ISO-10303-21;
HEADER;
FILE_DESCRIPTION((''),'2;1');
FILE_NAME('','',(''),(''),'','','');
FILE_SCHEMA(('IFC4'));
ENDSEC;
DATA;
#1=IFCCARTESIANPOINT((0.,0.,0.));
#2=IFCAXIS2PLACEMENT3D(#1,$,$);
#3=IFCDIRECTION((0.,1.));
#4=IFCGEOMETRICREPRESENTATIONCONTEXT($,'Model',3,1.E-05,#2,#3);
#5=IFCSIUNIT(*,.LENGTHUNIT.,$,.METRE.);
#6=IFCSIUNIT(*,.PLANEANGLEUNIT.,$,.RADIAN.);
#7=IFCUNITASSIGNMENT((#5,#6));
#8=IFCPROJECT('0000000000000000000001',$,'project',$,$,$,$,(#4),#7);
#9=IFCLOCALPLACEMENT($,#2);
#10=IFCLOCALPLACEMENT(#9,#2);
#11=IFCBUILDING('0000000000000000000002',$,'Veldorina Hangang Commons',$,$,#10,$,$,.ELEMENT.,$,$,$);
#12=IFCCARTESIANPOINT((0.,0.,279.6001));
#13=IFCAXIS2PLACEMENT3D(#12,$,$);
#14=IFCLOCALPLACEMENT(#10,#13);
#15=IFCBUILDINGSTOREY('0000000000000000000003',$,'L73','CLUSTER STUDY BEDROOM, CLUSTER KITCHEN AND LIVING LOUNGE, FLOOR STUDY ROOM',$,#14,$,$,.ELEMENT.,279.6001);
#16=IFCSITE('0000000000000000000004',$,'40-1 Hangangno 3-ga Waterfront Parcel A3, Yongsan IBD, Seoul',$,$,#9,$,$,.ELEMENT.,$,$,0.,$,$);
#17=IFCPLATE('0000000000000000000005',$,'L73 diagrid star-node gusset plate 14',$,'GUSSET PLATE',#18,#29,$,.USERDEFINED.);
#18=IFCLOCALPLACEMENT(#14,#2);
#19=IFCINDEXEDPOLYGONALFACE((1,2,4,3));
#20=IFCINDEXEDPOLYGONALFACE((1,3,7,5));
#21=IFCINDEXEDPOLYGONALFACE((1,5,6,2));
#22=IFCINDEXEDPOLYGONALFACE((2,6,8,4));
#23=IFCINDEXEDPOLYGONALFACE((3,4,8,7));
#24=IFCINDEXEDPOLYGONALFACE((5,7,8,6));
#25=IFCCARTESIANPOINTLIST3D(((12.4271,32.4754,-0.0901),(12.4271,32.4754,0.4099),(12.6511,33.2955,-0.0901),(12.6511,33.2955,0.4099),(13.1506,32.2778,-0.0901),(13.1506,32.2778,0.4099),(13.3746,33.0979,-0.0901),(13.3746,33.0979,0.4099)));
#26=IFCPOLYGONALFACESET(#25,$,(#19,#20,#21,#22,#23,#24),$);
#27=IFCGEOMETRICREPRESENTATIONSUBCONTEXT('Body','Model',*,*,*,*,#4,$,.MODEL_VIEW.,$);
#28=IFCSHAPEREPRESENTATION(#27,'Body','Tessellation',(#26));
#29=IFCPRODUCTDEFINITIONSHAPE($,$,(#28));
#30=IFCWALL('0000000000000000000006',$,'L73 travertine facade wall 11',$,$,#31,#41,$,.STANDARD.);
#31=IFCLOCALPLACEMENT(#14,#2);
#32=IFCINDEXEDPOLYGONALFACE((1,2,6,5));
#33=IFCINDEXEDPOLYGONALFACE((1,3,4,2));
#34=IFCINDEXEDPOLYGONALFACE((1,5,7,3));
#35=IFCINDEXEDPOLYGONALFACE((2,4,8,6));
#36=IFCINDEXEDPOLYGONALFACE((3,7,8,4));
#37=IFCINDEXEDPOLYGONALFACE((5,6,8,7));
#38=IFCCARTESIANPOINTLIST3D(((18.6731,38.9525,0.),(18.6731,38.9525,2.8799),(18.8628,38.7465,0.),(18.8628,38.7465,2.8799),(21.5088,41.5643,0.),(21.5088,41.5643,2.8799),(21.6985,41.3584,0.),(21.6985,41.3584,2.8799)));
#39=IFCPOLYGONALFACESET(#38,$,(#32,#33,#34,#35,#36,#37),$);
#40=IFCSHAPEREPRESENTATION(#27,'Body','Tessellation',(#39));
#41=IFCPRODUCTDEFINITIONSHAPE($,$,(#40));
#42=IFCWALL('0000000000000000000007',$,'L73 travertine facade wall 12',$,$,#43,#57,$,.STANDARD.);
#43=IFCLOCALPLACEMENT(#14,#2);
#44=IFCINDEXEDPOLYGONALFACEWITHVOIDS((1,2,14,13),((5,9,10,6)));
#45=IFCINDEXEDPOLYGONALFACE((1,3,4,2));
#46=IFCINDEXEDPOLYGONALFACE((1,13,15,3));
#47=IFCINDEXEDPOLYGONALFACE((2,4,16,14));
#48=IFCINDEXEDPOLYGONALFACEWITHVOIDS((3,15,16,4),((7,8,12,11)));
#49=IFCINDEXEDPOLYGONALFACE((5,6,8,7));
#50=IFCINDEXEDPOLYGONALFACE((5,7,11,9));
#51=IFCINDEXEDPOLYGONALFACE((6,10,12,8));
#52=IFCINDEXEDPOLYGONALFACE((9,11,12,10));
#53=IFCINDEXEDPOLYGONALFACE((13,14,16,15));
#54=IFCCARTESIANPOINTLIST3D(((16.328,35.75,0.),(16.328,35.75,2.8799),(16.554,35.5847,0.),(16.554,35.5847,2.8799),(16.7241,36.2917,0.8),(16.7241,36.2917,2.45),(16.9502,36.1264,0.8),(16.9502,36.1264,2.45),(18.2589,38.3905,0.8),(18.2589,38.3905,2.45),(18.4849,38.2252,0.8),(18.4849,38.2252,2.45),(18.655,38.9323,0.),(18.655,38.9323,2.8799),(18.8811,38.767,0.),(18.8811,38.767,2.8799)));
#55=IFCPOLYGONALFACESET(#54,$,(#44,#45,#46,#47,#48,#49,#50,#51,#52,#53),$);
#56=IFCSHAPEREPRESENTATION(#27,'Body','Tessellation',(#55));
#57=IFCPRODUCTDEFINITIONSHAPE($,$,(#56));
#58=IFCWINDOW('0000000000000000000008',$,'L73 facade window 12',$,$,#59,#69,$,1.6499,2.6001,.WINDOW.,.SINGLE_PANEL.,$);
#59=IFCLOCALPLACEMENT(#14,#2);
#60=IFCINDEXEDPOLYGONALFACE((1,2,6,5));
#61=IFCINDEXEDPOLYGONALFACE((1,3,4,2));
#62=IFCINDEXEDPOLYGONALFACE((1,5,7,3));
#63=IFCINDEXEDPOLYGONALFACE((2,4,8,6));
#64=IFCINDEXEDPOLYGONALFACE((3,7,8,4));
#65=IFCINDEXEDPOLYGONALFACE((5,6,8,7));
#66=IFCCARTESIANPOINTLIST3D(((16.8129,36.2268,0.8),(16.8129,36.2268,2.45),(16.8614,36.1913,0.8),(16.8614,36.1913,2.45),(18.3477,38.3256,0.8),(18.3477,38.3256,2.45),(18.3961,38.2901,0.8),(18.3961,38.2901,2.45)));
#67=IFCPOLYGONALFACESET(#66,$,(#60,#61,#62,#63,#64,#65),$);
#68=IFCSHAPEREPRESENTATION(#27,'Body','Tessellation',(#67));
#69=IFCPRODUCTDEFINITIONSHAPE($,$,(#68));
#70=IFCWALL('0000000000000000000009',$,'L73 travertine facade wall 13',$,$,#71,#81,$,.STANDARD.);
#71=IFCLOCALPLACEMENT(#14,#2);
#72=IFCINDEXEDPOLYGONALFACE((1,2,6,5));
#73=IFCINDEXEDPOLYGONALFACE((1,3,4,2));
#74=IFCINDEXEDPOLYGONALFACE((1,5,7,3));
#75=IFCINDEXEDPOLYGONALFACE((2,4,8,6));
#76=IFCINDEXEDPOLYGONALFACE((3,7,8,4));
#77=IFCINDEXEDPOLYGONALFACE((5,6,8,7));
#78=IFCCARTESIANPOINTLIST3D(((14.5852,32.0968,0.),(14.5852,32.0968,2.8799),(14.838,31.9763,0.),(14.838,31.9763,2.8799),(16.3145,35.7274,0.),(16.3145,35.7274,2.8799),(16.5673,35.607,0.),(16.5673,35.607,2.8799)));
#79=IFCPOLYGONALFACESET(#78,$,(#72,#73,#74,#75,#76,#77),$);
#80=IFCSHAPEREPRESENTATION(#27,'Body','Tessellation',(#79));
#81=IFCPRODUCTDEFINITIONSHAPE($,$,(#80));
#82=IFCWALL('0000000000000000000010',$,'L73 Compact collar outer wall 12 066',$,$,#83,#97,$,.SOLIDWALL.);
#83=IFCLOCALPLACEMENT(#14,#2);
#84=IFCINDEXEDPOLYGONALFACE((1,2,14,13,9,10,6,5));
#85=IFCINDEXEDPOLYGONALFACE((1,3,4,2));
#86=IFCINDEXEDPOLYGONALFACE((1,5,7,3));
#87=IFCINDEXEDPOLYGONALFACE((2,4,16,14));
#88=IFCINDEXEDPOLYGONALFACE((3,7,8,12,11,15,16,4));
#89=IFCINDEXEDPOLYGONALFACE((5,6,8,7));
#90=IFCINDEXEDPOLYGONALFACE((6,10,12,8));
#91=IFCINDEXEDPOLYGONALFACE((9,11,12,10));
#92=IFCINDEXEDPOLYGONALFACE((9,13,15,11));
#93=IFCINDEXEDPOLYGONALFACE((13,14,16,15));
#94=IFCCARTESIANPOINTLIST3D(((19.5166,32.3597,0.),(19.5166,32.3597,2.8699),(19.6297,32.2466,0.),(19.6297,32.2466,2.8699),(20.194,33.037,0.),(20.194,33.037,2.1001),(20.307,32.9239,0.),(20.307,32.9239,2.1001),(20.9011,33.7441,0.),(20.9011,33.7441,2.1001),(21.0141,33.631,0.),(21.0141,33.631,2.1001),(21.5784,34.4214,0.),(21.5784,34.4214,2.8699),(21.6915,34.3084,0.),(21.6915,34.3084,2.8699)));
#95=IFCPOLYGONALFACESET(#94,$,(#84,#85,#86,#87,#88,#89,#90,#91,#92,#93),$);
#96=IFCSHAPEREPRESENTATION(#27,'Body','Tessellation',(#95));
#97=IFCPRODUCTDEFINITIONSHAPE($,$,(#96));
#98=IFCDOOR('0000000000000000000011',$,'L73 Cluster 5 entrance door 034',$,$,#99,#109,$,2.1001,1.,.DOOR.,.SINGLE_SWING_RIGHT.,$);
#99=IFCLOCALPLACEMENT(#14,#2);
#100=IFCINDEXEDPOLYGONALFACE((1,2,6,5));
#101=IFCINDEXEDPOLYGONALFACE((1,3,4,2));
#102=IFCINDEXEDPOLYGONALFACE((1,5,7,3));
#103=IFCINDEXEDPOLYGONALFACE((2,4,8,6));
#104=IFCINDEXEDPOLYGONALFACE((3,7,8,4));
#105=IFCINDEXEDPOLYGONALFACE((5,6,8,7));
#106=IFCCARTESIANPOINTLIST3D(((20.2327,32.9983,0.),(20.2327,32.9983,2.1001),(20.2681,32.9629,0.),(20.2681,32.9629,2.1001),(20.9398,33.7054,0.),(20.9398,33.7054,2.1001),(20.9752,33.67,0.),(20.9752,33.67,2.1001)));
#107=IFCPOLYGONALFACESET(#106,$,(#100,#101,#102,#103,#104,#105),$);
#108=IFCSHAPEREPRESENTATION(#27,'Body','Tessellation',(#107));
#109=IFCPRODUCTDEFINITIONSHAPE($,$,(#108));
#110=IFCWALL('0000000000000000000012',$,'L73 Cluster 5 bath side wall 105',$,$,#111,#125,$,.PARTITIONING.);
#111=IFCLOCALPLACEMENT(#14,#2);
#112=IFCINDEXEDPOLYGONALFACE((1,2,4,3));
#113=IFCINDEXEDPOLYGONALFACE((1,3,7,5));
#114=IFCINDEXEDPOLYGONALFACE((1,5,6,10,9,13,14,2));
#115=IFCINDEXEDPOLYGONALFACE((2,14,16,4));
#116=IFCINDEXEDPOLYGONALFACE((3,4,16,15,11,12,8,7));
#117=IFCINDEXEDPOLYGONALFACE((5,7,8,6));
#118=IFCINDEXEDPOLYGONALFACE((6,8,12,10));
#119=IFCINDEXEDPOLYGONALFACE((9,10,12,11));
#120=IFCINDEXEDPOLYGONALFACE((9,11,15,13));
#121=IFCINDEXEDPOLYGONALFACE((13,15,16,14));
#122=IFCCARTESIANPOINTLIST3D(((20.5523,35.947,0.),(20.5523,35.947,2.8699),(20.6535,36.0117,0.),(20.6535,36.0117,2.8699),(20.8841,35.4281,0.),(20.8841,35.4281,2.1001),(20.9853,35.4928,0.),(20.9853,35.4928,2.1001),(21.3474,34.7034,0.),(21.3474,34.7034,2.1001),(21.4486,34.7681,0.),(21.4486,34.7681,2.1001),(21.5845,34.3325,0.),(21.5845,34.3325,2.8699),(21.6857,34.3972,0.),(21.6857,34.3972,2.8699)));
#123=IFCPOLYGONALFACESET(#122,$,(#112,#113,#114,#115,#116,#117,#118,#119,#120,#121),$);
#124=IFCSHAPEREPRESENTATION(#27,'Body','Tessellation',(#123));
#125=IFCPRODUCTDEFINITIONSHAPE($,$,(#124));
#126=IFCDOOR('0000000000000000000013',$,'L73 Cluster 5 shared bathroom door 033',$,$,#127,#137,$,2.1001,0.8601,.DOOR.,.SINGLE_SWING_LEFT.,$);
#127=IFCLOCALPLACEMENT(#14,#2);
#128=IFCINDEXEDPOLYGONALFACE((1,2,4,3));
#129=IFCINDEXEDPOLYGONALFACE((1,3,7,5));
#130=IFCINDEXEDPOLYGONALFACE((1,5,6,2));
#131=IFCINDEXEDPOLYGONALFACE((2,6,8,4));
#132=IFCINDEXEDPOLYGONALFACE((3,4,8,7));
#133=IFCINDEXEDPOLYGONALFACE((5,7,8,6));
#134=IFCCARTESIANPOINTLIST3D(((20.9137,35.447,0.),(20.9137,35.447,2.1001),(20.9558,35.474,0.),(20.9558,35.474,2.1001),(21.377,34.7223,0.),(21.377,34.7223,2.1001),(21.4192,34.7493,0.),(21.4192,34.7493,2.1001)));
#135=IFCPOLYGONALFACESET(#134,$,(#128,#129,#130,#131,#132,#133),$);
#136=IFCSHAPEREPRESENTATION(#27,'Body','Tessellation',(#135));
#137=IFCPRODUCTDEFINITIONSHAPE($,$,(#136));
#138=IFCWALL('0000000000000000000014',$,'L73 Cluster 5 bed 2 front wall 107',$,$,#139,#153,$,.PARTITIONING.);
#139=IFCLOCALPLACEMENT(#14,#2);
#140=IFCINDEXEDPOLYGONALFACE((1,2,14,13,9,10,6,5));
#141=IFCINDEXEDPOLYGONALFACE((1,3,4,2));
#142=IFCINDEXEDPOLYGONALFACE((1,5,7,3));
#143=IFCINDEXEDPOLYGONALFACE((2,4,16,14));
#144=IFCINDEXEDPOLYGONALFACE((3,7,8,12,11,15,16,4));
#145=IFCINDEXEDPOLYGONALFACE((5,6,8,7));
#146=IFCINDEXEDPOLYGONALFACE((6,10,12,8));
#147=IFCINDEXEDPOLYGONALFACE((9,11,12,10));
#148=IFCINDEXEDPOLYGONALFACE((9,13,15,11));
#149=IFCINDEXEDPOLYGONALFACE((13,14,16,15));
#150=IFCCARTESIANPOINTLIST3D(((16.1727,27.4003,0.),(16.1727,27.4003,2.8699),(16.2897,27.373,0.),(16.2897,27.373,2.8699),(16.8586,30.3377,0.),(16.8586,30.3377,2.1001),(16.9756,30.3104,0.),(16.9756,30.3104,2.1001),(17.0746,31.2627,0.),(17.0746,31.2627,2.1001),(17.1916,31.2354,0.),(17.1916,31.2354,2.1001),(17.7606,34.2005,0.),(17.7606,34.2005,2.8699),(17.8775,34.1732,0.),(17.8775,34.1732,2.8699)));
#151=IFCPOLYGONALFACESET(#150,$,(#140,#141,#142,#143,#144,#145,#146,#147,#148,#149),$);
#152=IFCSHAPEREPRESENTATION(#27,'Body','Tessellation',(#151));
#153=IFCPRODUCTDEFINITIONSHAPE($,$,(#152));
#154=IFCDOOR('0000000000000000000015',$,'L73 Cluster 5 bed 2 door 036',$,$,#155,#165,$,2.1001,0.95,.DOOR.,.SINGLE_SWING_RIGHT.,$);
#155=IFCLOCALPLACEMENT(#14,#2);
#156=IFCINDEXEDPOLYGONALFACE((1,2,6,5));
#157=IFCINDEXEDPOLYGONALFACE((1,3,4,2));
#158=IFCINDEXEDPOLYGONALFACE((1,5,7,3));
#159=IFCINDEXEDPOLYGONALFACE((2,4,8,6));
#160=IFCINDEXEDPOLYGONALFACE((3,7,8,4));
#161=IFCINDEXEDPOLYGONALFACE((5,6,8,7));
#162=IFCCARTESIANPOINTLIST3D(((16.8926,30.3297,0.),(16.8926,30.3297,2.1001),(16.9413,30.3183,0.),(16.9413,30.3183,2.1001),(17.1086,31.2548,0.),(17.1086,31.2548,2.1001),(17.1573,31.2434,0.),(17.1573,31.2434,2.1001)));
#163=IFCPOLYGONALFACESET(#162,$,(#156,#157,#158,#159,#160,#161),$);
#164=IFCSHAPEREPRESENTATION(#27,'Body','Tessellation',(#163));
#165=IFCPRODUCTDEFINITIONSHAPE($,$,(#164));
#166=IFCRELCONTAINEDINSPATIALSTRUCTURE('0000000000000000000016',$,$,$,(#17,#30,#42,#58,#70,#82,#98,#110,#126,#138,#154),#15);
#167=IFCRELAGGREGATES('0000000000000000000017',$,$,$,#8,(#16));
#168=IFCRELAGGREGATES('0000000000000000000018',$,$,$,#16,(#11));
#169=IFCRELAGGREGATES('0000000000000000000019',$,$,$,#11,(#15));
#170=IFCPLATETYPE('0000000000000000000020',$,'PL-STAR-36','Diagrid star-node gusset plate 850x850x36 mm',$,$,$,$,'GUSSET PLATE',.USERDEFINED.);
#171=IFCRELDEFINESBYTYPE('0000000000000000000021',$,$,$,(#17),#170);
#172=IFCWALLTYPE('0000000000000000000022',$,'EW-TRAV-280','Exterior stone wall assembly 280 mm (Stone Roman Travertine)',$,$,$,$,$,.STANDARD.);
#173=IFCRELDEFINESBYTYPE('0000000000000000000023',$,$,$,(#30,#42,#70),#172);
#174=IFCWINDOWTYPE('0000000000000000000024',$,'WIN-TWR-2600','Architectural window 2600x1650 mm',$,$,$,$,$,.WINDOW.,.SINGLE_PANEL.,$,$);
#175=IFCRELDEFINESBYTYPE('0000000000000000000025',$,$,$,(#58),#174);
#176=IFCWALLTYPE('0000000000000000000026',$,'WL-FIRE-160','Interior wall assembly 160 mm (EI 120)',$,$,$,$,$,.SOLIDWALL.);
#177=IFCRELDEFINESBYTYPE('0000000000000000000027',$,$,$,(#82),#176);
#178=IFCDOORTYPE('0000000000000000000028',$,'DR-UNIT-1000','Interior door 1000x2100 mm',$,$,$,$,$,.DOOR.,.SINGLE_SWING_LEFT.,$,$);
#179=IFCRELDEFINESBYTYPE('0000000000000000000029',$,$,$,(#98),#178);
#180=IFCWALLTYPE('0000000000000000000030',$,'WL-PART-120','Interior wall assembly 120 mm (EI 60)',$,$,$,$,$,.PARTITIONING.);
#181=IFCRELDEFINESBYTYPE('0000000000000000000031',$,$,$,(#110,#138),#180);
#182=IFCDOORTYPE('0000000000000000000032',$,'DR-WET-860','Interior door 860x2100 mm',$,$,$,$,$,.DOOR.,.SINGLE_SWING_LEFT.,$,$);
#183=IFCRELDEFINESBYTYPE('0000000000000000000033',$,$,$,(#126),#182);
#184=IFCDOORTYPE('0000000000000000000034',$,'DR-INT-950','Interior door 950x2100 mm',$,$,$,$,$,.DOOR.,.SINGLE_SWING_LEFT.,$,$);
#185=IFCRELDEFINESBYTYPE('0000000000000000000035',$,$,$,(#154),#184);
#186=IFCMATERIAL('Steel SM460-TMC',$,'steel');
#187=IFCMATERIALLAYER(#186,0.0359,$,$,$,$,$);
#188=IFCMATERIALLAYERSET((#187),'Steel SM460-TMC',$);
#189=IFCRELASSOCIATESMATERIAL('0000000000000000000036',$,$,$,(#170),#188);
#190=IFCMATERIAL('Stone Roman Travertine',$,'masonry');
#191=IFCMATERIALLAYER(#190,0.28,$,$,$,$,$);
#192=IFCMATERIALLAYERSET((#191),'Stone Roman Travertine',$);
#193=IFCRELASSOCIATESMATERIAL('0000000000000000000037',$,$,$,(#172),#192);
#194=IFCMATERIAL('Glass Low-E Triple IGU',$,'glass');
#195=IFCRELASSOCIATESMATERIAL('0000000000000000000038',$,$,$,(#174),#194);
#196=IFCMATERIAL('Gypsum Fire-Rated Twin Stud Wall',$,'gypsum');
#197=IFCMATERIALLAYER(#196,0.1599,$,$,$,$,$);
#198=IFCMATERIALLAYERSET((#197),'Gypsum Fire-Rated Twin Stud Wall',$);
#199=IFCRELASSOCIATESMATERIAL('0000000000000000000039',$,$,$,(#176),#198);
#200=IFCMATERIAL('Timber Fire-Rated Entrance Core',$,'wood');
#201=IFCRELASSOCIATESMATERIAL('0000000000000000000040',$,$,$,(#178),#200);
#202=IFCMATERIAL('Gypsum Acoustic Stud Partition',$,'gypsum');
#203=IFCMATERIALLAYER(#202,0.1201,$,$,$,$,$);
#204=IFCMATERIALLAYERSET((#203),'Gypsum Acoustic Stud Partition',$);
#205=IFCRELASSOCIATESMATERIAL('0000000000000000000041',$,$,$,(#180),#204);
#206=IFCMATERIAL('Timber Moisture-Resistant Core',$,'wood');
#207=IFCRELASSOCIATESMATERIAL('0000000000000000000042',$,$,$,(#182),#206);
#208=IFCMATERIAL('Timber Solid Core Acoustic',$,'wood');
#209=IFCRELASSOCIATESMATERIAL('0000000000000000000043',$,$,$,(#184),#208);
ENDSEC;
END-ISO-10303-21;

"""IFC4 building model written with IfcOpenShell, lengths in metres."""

from ifc_helpers import new_model, si_unit, direction, frame, frame_2d, origin, origin_2d, place, context, subcontext, project, spatial, rectangle, extrude, material, layer, layer_set, type_object, element, fill, save


model = new_model("IFC4")

# Units and contexts
model_context = context("Model", 3, precision=1e-05, world=origin(), true_north=direction((0.0, 1.0)))
body_context = subcontext(model_context, "Body", "Model", "MODEL_VIEW")
ifc_project = project(units=[si_unit("LENGTHUNIT", "METRE"), si_unit("PLANEANGLEUNIT", "RADIAN")], contexts=[model_context])

# Site, building, storey
site_placement = place(None, origin())
site = spatial("IfcSite", under=ifc_project, at=site_placement, Name="40-1 Hangangno 3-ga Waterfront Parcel A3, Yongsan IBD, Seoul", CompositionType="ELEMENT", RefElevation=0.0)
building_placement = place(site_placement, origin())
building = spatial("IfcBuilding", under=site, at=building_placement, Name="Veldorina Hangang Commons", CompositionType="ELEMENT")
storey_placement = place(building_placement, frame((0.0, 0.0, 279.6001)))
storey = spatial("IfcBuildingStorey", under=building, at=storey_placement, Name="L73", Description="CLUSTER STUDY BEDROOM, CLUSTER KITCHEN AND LIVING LOUNGE, FLOOR STUDY ROOM", CompositionType="ELEMENT", Elevation=279.6001)

# Plate
ifc_material_1 = material(Name="Steel SM460-TMC", Category="steel")
ifc_layer_1 = layer(ifc_material_1, 0.0359)
ifc_layer_set_1 = layer_set([ifc_layer_1], Name="Steel SM460-TMC")
plate_type = type_object("IfcPlateType", Name="PL-STAR-36", Description="Diagrid star-node gusset plate 850x850x36 mm", ElementType="GUSSET PLATE", PredefinedType="USERDEFINED", material=ifc_layer_set_1)
plate_1_placement = place(storey_placement, frame((12.9009, 32.7866, -0.0901), z_axis=(0.0, 0.0, 1.0), x_axis=(-0.263469, -0.964668, 0.0)))
element("IfcPlate", 1, at=plate_1_placement, inside=storey, type_object=plate_type, Name="L73 diagrid star-node gusset plate 14", ObjectType="GUSSET PLATE", PredefinedType="USERDEFINED", context=body_context, shape_type="SweptSolid", body=[
    extrude(rectangle(XDim=0.8501, YDim=0.75, at=origin_2d()), origin(), (0.0, 0.0, 1.0), 0.5),
])

# Wall
ifc_material_2 = material(Name="Stone Roman Travertine", Category="masonry")
ifc_layer_2 = layer(ifc_material_2, 0.28)
ifc_layer_set_2 = layer_set([ifc_layer_2], Name="Stone Roman Travertine")
wall_type_1 = type_object("IfcWallType", Name="EW-TRAV-280", Description="Exterior stone wall assembly 280 mm (Stone Roman Travertine)", PredefinedType="STANDARD", material=ifc_layer_set_2)
wall_1_placement = place(storey_placement, frame((21.6038, 41.4614, 0.0), z_axis=(0.0, 0.0, 1.0), x_axis=(-0.735546, -0.677475, 0.0)))
element("IfcWall", 2, at=wall_1_placement, inside=storey, type_object=wall_type_1, Name="L73 travertine facade wall 11", PredefinedType="STANDARD", context=body_context, shape_type="SweptSolid", body=[
    extrude(rectangle(XDim=3.8552, YDim=0.28, at=frame_2d((1.9277, 0.0))), origin(), (0.0, 0.0, 1.0), 2.8799),
])

# Wall, opening, window
wall_2_placement = place(storey_placement, frame((18.7681, 38.8496, 0.0), z_axis=(0.0, 0.0, 1.0), x_axis=(-0.590276, -0.807202, 0.0)))
wall_2 = element("IfcWall", 3, at=wall_2_placement, inside=storey, type_object=wall_type_1, Name="L73 travertine facade wall 12", PredefinedType="STANDARD", context=body_context, shape_type="SweptSolid", body=[
    extrude(rectangle(XDim=3.9424, YDim=0.28, at=frame_2d((1.9712, 0.0))), origin(), (0.0, 0.0, 1.0), 2.8799),
])
opening_1_placement = place(wall_2_placement, frame((0.6711, 0.0, 0.8)))
opening_1 = element("IfcOpeningElement", 4, at=opening_1_placement, cuts=wall_2, PredefinedType="OPENING", context=body_context, shape_type="SweptSolid", body=[
    extrude(rectangle(XDim=2.6001, YDim=1.6499, at=frame_2d((1.3, 0.825))), frame((0.0, 0.1499, 0.0), z_axis=(0.0, -1.0, 0.0), x_axis=(1.0, 0.0, 0.0)), (0.0, 0.0, 1.0), 0.3),
])
ifc_material_3 = material(Name="Glass Low-E Triple IGU", Category="glass")
window_type = type_object("IfcWindowType", Name="WIN-TWR-2600", Description="Architectural window 2600x1650 mm", PartitioningType="SINGLE_PANEL", PredefinedType="WINDOW", material=ifc_material_3)
window_placement = place(opening_1_placement, origin())
window = element("IfcWindow", 5, at=window_placement, inside=storey, type_object=window_type, Name="L73 facade window 12", OverallHeight=1.6499, OverallWidth=2.6001, PartitioningType="SINGLE_PANEL", PredefinedType="WINDOW", context=body_context, shape_type="SweptSolid", body=[
    extrude(rectangle(XDim=2.6001, YDim=1.6499, at=frame_2d((1.3, 0.825))), frame((0.0, 0.03, 0.0), z_axis=(0.0, -1.0, 0.0), x_axis=(1.0, 0.0, 0.0)), (0.0, 0.0, 1.0), 0.0601),
])
fill(opening_1, window)

# Wall
wall_3_placement = place(storey_placement, frame((16.4409, 35.6672, 0.0), z_axis=(0.0, 0.0, 1.0), x_axis=(-0.430011, -0.902823, 0.0)))
element("IfcWall", 6, at=wall_3_placement, inside=storey, type_object=wall_type_1, Name="L73 travertine facade wall 13", PredefinedType="STANDARD", context=body_context, shape_type="SweptSolid", body=[
    extrude(rectangle(XDim=4.0215, YDim=0.28, at=frame_2d((2.0107, 0.0))), origin(), (0.0, 0.0, 1.0), 2.8799),
])

# Walls, openings, doors
ifc_material_4 = material(Name="Gypsum Fire-Rated Twin Stud Wall", Category="gypsum")
ifc_layer_3 = layer(ifc_material_4, 0.1599)
ifc_layer_set_3 = layer_set([ifc_layer_3], Name="Gypsum Fire-Rated Twin Stud Wall")
wall_type_2 = type_object("IfcWallType", Name="WL-FIRE-160", Description="Interior wall assembly 160 mm (EI 120)", PredefinedType="SOLIDWALL", material=ifc_layer_set_3)
wall_4_placement = place(storey_placement, frame((21.635, 34.365, 0.0), z_axis=(0.0, 0.0, 1.0), x_axis=(-0.707107, -0.707107, 0.0)))
wall_4 = element("IfcWall", 7, at=wall_4_placement, inside=storey, type_object=wall_type_2, Name="L73 Compact collar outer wall 12 066", PredefinedType="SOLIDWALL", context=body_context, shape_type="SweptSolid", body=[
    extrude(rectangle(XDim=2.9158, YDim=0.1599, at=frame_2d((1.458, 0.0))), origin(), (0.0, 0.0, 1.0), 2.8699),
])
opening_2_placement = place(wall_4_placement, frame((0.958, 0.0, 0.0)))
opening_2 = element("IfcOpeningElement", 8, at=opening_2_placement, cuts=wall_4, PredefinedType="OPENING", context=body_context, shape_type="SweptSolid", body=[
    extrude(rectangle(XDim=1.0, YDim=2.1001, at=frame_2d((0.5, 1.05))), frame((0.0, 0.0898, 0.0), z_axis=(0.0, -1.0, 0.0), x_axis=(1.0, 0.0, 0.0)), (0.0, 0.0, 1.0), 0.1799),
])
ifc_material_5 = material(Name="Timber Fire-Rated Entrance Core", Category="wood")
door_type_1 = type_object("IfcDoorType", Name="DR-UNIT-1000", Description="Interior door 1000x2100 mm", OperationType="SINGLE_SWING_LEFT", PredefinedType="DOOR", material=ifc_material_5)
door_1_placement = place(opening_2_placement, origin())
door_1 = element("IfcDoor", 9, at=door_1_placement, inside=storey, type_object=door_type_1, Name="L73 Cluster 5 entrance door 034", OperationType="SINGLE_SWING_RIGHT", OverallHeight=2.1001, OverallWidth=1.0, PredefinedType="DOOR", context=body_context, shape_type="SweptSolid", body=[
    extrude(rectangle(XDim=1.0, YDim=2.1001, at=frame_2d((0.5, 1.05))), frame((0.0, 0.0249, 0.0), z_axis=(0.0, -1.0, 0.0), x_axis=(1.0, 0.0, 0.0)), (0.0, 0.0, 1.0), 0.05),
])
fill(opening_2, door_1)
ifc_material_6 = material(Name="Gypsum Acoustic Stud Partition", Category="gypsum")
ifc_layer_4 = layer(ifc_material_6, 0.1201)
ifc_layer_set_4 = layer_set([ifc_layer_4], Name="Gypsum Acoustic Stud Partition")
wall_type_3 = type_object("IfcWallType", Name="WL-PART-120", Description="Interior wall assembly 120 mm (EI 60)", PredefinedType="PARTITIONING", material=ifc_layer_set_4)
wall_5_placement = place(storey_placement, frame((21.635, 34.365, 0.0), z_axis=(0.0, 0.0, 1.0), x_axis=(-0.538663, 0.842521, 0.0)))
wall_5 = element("IfcWall", 10, at=wall_5_placement, inside=storey, type_object=wall_type_3, Name="L73 Cluster 5 bath side wall 105", PredefinedType="PARTITIONING", context=body_context, shape_type="SweptSolid", body=[
    extrude(rectangle(XDim=1.9163, YDim=0.1201, at=frame_2d((0.958, 0.0))), origin(), (0.0, 0.0, 1.0), 2.8699),
])
opening_3_placement = place(wall_5_placement, frame((0.4399, 0.0, 0.0)))
opening_3 = element("IfcOpeningElement", 11, at=opening_3_placement, cuts=wall_5, PredefinedType="OPENING", context=body_context, shape_type="SweptSolid", body=[
    extrude(rectangle(XDim=0.8601, YDim=2.1001, at=frame_2d((0.4302, 1.05))), frame((0.0, 0.0701, 0.0), z_axis=(0.0, -1.0, 0.0), x_axis=(1.0, 0.0, 0.0)), (0.0, 0.0, 1.0), 0.1401),
])
ifc_material_7 = material(Name="Timber Moisture-Resistant Core", Category="wood")
door_type_2 = type_object("IfcDoorType", Name="DR-WET-860", Description="Interior door 860x2100 mm", OperationType="SINGLE_SWING_LEFT", PredefinedType="DOOR", material=ifc_material_7)
door_2_placement = place(opening_3_placement, origin())
door_2 = element("IfcDoor", 12, at=door_2_placement, inside=storey, type_object=door_type_2, Name="L73 Cluster 5 shared bathroom door 033", OperationType="SINGLE_SWING_LEFT", OverallHeight=2.1001, OverallWidth=0.8601, PredefinedType="DOOR", context=body_context, shape_type="SweptSolid", body=[
    extrude(rectangle(XDim=0.8601, YDim=2.1001, at=frame_2d((0.4302, 1.05))), frame((0.0, 0.0249, 0.0), z_axis=(0.0, -1.0, 0.0), x_axis=(1.0, 0.0, 0.0)), (0.0, 0.0, 1.0), 0.05),
])
fill(opening_3, door_2)
wall_6_placement = place(storey_placement, frame((17.8191, 34.187, 0.0), z_axis=(0.0, 0.0, 1.0), x_axis=(-0.227387, -0.973805, 0.0)))
wall_6 = element("IfcWall", 13, at=wall_6_placement, inside=storey, type_object=wall_type_3, Name="L73 Cluster 5 bed 2 front wall 107", PredefinedType="PARTITIONING", context=body_context, shape_type="SweptSolid", body=[
    extrude(rectangle(XDim=6.9832, YDim=0.1201, at=frame_2d((3.4917, 0.0))), origin(), (0.0, 0.0, 1.0), 2.8699),
])
opening_4_placement = place(wall_6_placement, frame((3.0168, 0.0, 0.0)))
opening_4 = element("IfcOpeningElement", 14, at=opening_4_placement, cuts=wall_6, PredefinedType="OPENING", context=body_context, shape_type="SweptSolid", body=[
    extrude(rectangle(XDim=0.95, YDim=2.1001, at=frame_2d((0.4751, 1.05))), frame((0.0, 0.0701, 0.0), z_axis=(0.0, -1.0, 0.0), x_axis=(1.0, 0.0, 0.0)), (0.0, 0.0, 1.0), 0.1401),
])
ifc_material_8 = material(Name="Timber Solid Core Acoustic", Category="wood")
door_type_3 = type_object("IfcDoorType", Name="DR-INT-950", Description="Interior door 950x2100 mm", OperationType="SINGLE_SWING_LEFT", PredefinedType="DOOR", material=ifc_material_8)
door_3_placement = place(opening_4_placement, origin())
door_3 = element("IfcDoor", 15, at=door_3_placement, inside=storey, type_object=door_type_3, Name="L73 Cluster 5 bed 2 door 036", OperationType="SINGLE_SWING_RIGHT", OverallHeight=2.1001, OverallWidth=0.95, PredefinedType="DOOR", context=body_context, shape_type="SweptSolid", body=[
    extrude(rectangle(XDim=0.95, YDim=2.1001, at=frame_2d((0.4751, 1.05))), frame((0.0, 0.0249, 0.0), z_axis=(0.0, -1.0, 0.0), x_axis=(1.0, 0.0, 0.0)), (0.0, 0.0, 1.0), 0.05),
])
fill(opening_4, door_3)

save(model, "model.ifc")
